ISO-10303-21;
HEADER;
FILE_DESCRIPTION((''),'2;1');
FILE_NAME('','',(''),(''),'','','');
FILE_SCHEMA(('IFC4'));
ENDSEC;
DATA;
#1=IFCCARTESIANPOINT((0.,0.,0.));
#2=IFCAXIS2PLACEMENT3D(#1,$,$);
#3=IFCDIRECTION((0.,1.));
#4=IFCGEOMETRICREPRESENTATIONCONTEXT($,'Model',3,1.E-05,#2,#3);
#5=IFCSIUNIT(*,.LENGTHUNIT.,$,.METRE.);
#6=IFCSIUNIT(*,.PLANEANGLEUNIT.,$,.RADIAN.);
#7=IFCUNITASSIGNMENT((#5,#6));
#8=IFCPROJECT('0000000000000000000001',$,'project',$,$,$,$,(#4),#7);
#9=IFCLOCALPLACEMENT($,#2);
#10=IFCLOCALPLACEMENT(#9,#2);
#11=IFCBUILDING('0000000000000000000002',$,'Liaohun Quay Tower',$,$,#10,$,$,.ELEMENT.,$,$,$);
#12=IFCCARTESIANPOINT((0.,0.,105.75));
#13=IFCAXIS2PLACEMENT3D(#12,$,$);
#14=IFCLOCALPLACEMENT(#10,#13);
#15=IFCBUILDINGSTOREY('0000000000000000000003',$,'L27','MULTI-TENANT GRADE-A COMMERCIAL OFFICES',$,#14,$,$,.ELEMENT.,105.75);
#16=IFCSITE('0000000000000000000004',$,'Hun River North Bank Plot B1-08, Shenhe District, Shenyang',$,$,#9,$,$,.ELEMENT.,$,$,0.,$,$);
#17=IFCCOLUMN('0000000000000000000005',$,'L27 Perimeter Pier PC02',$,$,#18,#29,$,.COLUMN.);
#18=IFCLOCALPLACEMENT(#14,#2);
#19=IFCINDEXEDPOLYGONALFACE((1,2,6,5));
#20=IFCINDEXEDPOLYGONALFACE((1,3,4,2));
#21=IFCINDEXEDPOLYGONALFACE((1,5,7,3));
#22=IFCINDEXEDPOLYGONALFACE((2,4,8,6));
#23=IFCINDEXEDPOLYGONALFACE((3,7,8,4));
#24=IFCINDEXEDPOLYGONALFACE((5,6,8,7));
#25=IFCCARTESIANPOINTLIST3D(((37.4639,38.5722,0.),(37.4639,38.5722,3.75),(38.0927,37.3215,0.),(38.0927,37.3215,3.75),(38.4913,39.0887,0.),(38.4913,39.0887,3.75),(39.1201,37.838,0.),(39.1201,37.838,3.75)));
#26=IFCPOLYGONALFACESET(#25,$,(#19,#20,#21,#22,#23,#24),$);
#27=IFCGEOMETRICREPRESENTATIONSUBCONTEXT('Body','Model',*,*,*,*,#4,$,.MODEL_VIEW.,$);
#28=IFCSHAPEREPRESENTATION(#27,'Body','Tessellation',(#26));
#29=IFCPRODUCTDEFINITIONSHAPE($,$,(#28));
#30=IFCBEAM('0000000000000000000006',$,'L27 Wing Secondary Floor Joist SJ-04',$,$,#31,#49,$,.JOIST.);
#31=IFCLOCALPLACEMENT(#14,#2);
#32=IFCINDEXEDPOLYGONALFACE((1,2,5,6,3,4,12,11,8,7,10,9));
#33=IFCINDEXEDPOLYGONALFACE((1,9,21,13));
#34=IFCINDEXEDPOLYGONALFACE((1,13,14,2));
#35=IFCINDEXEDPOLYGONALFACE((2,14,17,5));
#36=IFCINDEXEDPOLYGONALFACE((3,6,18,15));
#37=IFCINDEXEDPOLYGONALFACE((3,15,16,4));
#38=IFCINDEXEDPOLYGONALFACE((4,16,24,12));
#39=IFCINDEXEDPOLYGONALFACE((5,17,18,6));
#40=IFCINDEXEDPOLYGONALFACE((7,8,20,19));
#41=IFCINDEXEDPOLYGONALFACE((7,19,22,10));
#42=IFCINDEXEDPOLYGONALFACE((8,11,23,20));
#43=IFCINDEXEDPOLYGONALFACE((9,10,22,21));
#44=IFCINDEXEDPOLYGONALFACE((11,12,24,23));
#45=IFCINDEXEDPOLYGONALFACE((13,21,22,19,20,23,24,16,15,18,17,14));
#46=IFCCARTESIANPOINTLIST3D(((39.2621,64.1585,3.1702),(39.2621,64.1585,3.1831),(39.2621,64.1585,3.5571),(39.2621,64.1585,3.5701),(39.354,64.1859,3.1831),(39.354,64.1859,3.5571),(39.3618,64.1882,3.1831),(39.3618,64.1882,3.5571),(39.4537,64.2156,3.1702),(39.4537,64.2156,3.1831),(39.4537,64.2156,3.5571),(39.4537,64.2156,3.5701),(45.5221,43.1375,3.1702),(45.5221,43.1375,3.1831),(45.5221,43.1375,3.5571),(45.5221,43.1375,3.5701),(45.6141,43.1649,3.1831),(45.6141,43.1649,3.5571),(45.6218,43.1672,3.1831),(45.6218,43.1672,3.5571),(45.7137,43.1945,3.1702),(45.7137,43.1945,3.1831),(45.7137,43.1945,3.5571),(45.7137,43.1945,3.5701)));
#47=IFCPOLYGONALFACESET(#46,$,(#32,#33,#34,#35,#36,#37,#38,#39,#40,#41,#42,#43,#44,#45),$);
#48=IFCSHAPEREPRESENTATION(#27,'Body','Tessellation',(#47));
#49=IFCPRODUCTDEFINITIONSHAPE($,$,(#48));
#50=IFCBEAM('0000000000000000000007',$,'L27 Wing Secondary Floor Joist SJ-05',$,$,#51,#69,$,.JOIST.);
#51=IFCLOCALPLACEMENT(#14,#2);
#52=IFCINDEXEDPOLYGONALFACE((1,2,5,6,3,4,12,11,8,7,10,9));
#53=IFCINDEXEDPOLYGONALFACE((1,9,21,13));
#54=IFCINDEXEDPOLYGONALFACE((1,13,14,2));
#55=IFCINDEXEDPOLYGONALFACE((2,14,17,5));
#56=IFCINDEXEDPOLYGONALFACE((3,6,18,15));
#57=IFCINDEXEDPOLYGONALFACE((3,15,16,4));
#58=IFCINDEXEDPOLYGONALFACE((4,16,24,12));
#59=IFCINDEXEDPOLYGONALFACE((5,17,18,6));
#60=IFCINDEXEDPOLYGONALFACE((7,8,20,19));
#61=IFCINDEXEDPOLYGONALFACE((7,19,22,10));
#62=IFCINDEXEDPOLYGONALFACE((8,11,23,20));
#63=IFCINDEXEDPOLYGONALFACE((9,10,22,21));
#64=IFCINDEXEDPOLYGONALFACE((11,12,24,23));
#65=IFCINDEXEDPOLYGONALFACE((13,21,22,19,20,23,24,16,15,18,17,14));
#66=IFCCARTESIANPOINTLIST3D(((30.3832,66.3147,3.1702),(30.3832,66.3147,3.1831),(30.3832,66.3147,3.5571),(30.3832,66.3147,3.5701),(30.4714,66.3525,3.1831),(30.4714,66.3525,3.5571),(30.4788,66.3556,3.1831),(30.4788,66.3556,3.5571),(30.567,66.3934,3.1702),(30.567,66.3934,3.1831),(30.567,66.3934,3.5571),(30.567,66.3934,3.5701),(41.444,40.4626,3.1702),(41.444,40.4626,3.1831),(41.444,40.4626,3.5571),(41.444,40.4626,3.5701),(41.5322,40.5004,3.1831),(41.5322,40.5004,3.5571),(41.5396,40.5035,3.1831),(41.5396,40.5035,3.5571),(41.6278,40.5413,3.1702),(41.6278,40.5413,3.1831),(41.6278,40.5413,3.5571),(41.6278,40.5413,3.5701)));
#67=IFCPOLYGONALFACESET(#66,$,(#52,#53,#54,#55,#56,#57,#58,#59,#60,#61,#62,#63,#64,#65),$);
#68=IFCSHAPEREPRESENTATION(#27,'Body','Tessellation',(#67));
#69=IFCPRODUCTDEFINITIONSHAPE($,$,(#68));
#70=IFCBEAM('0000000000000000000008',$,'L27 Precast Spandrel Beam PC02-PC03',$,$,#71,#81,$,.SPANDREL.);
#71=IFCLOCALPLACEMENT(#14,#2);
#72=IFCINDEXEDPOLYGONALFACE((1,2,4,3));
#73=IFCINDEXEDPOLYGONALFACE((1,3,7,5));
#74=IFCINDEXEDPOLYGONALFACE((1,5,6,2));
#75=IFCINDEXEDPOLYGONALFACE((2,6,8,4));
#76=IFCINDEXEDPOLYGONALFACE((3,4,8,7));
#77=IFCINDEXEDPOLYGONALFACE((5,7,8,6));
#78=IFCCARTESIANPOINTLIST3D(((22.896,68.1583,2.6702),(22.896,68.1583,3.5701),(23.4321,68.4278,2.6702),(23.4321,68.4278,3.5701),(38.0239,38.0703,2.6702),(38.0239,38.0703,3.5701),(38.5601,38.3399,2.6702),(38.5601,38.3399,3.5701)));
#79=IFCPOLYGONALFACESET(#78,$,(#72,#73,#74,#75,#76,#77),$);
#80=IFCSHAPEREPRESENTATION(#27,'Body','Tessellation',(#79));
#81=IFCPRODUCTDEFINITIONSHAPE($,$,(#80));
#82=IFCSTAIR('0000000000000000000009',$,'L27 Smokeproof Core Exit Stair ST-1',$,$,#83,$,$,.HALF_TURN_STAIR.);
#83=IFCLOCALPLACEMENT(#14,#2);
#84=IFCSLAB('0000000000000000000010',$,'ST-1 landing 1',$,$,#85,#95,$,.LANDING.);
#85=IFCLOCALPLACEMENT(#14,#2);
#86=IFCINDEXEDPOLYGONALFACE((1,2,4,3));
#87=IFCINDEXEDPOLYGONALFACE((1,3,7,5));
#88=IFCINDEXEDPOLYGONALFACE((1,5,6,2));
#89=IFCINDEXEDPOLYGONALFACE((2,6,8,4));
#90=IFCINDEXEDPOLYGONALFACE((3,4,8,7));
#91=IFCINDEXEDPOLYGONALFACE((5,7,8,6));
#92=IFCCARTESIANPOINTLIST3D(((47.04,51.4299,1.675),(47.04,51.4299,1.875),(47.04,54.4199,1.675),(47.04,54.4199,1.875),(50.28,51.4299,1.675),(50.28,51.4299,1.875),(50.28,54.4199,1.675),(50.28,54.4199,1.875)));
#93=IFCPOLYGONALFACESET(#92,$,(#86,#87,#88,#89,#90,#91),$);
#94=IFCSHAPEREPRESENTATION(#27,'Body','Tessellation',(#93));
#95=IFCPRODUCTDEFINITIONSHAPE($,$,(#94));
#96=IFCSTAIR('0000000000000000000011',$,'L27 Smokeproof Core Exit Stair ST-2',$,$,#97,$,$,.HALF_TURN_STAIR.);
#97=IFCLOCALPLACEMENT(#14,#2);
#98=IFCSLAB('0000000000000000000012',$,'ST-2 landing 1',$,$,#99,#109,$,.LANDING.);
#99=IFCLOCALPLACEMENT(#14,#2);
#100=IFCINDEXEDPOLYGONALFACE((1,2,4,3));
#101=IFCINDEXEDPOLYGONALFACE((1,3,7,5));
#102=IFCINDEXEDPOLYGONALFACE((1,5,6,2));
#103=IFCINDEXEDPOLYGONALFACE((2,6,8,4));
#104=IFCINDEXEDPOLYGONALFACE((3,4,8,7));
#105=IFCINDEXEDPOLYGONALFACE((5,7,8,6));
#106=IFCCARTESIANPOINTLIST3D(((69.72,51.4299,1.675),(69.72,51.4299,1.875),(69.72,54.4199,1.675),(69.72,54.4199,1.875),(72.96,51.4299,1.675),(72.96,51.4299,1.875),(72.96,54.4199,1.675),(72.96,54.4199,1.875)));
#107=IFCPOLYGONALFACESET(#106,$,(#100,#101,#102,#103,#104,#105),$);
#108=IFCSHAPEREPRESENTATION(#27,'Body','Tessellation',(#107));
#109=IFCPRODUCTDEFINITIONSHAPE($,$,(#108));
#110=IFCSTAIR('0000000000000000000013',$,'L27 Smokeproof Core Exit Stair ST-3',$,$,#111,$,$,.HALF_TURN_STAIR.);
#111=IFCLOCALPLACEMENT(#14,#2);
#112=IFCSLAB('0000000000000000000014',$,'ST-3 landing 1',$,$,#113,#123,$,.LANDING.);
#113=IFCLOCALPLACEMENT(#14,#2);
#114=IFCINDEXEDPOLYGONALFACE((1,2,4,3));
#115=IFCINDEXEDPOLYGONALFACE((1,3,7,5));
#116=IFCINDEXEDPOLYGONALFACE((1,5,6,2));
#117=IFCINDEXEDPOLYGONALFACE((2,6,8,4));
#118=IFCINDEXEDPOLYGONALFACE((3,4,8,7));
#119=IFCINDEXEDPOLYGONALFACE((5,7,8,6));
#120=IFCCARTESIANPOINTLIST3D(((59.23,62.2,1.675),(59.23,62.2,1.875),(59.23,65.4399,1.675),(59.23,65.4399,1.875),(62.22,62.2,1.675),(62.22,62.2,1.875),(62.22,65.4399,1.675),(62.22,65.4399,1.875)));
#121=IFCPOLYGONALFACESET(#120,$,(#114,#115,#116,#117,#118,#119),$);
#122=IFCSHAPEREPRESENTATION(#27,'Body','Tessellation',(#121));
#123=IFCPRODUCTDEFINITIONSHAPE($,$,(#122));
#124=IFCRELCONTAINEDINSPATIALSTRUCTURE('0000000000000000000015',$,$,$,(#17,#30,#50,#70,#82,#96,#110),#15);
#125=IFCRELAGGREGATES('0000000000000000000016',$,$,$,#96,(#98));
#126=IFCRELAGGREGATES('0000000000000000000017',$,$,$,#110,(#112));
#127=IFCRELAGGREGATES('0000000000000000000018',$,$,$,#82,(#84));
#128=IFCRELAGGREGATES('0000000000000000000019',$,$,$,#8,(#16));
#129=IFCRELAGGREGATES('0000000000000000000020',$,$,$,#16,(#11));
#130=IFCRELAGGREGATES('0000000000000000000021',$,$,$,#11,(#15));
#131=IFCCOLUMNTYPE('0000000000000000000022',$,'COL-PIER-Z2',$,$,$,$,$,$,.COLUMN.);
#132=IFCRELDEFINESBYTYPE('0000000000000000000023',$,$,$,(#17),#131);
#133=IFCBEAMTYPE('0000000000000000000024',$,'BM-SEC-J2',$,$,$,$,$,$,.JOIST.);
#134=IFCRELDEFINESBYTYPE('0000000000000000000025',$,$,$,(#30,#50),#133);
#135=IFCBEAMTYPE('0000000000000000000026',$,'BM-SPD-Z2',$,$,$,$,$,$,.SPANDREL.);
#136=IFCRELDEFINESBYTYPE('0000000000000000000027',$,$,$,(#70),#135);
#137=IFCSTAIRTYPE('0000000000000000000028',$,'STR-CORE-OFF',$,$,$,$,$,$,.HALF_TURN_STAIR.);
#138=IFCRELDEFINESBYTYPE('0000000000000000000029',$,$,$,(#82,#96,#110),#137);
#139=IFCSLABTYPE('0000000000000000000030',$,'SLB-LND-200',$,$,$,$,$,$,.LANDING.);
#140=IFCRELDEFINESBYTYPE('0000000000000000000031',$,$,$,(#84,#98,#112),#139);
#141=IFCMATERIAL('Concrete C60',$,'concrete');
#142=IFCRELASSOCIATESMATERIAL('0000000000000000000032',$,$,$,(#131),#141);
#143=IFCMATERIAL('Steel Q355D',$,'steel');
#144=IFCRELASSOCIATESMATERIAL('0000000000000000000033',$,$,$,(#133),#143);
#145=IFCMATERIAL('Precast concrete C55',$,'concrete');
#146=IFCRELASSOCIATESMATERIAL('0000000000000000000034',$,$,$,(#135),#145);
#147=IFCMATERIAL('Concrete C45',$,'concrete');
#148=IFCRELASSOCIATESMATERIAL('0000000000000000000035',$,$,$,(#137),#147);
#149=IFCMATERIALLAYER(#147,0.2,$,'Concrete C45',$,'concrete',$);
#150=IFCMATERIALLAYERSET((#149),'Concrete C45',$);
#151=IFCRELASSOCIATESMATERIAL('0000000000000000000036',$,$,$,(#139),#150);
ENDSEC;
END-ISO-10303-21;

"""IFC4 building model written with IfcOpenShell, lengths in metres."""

from ifc_helpers import new_model, si_unit, direction, frame, origin, origin_2d, place, context, subcontext, project, spatial, polyline, rectangle, i_section, outline, extrude, source, transform, mapped, material, layer, layer_set, material_profile, profile_set, type_object, element, aggregate, save


model = new_model("IFC4")

# Units and contexts
model_context = context("Model", 3, precision=1e-05, world=origin(), true_north=direction((0.0, 1.0)))
body_context = subcontext(model_context, "Body", "Model", "MODEL_VIEW")
ifc_project = project(units=[si_unit("LENGTHUNIT", "METRE"), si_unit("PLANEANGLEUNIT", "RADIAN")], contexts=[model_context])

# Site, building, storey
site_placement = place(None, origin())
site = spatial("IfcSite", under=ifc_project, at=site_placement, Name="Hun River North Bank Plot B1-08, Shenhe District, Shenyang", CompositionType="ELEMENT", RefElevation=0.0)
building_placement = place(site_placement, origin())
building = spatial("IfcBuilding", under=site, at=building_placement, Name="Liaohun Quay Tower", CompositionType="ELEMENT")
storey_placement = place(building_placement, frame((0.0, 0.0, 105.75)))
storey = spatial("IfcBuildingStorey", under=building, at=storey_placement, Name="L27", Description="MULTI-TENANT GRADE-A COMMERCIAL OFFICES", CompositionType="ELEMENT", Elevation=105.75)

# Column
ifc_material_1 = material(Name="Concrete C60", Category="concrete")
ifc_material_profile_1 = material_profile(ifc_material_1, rectangle(XDim=1.3999, YDim=1.1499, at=origin_2d()), Name="RC1400x1150")
ifc_profile_set_1 = profile_set([ifc_material_profile_1], Name="Concrete C60")
column_type = type_object("IfcColumnType", Name="COL-PIER-Z2", PredefinedType="COLUMN", material=ifc_profile_set_1)
shared_shape_1 = source(origin(), body_context, "Body", "SweptSolid", [
    extrude(rectangle(XDim=1.3999, YDim=1.1499, at=origin_2d()), origin(), (0.0, 0.0, 1.0), 3.75),
])
column_placement = place(storey_placement, frame((38.292, 38.2051, 0.0), z_axis=(0.0, 0.0, 1.0), x_axis=(-0.449163, 0.89345, 0.0)))
element("IfcColumn", 1, at=column_placement, inside=storey, type_object=column_type, Name="L27 Perimeter Pier PC02", PredefinedType="COLUMN", context=body_context, shape_type="MappedRepresentation", body=[
    mapped(shared_shape_1, transform((0.0, 0.0, 0.0), x_axis=(1.0, 0.0, 0.0), y_axis=(0.0, 1.0, 0.0), z_axis=(0.0, 0.0, 1.0), scale=1.0)),
])

# Beams
ifc_material_2 = material(Name="Steel Q355D", Category="steel")
ifc_material_profile_2 = material_profile(ifc_material_2, i_section(OverallWidth=0.2, OverallDepth=0.3999, WebThickness=0.0081, FlangeThickness=0.0129, at=origin_2d()), Name="HN400x200x8x13")
ifc_profile_set_2 = profile_set([ifc_material_profile_2], Name="Steel Q355D")
beam_type_1 = type_object("IfcBeamType", Name="BM-SEC-J2", PredefinedType="JOIST", material=ifc_profile_set_2)
shared_shape_2 = source(origin(), body_context, "Body", "SweptSolid", [
    extrude(i_section(OverallWidth=0.2, OverallDepth=0.3999, WebThickness=0.0081, FlangeThickness=0.0129, at=origin_2d()), origin(), (0.0, 0.0, 1.0), 21.9333),
])
beam_1_placement = place(storey_placement, frame((45.6179, 43.166, 3.3701), z_axis=(-0.285411, 0.958405, 0.0), x_axis=(-0.958405, -0.285411, 0.0)))
element("IfcBeam", 2, at=beam_1_placement, inside=storey, type_object=beam_type_1, Name="L27 Wing Secondary Floor Joist SJ-04", PredefinedType="JOIST", context=body_context, shape_type="MappedRepresentation", body=[
    mapped(shared_shape_2, transform((0.0, 0.0, 0.0), x_axis=(1.0, 0.0, 0.0), y_axis=(0.0, 1.0, 0.0), z_axis=(0.0, 0.0, 1.0), scale=1.0)),
])
shared_shape_3 = source(origin(), body_context, "Body", "SweptSolid", [
    extrude(i_section(OverallWidth=0.2, OverallDepth=0.3999, WebThickness=0.0081, FlangeThickness=0.0129, at=origin_2d()), origin(), (0.0, 0.0, 1.0), 28.1189),
])
beam_2_placement = place(storey_placement, frame((41.5359, 40.502, 3.3701), z_axis=(-0.393359, 0.919385, 0.0), x_axis=(-0.919385, -0.393359, 0.0)))
element("IfcBeam", 3, at=beam_2_placement, inside=storey, type_object=beam_type_1, Name="L27 Wing Secondary Floor Joist SJ-05", PredefinedType="JOIST", context=body_context, shape_type="MappedRepresentation", body=[
    mapped(shared_shape_3, transform((0.0, 0.0, 0.0), x_axis=(1.0, 0.0, 0.0), y_axis=(0.0, 1.0, 0.0), z_axis=(0.0, 0.0, 1.0), scale=1.0)),
])
ifc_material_3 = material(Name="Precast concrete C55", Category="concrete")
ifc_material_profile_3 = material_profile(ifc_material_3, rectangle(XDim=0.6001, YDim=0.8999, at=origin_2d()), Name="RC600x900")
ifc_profile_set_3 = profile_set([ifc_material_profile_3], Name="Precast concrete C55")
beam_type_2 = type_object("IfcBeamType", Name="BM-SPD-Z2", PredefinedType="SPANDREL", material=ifc_profile_set_3)
shared_shape_4 = source(origin(), body_context, "Body", "SweptSolid", [
    extrude(rectangle(XDim=0.6001, YDim=0.8999, at=origin_2d()), origin(), (0.0, 0.0, 1.0), 33.677),
])
beam_3_placement = place(storey_placement, frame((38.292, 38.2051, 3.1201), z_axis=(-0.449208, 0.893427, 0.0), x_axis=(-0.893427, -0.449208, 0.0)))
element("IfcBeam", 4, at=beam_3_placement, inside=storey, type_object=beam_type_2, Name="L27 Precast Spandrel Beam PC02-PC03", PredefinedType="SPANDREL", context=body_context, shape_type="MappedRepresentation", body=[
    mapped(shared_shape_4, transform((0.0, 0.0, 0.0), x_axis=(1.0, 0.0, 0.0), y_axis=(0.0, 1.0, 0.0), z_axis=(0.0, 0.0, 1.0), scale=1.0)),
])

# Stairs, slabs
ifc_material_4 = material(Name="Concrete C45", Category="concrete")
stair_type = type_object("IfcStairType", Name="STR-CORE-OFF", PredefinedType="HALF_TURN_STAIR", material=ifc_material_4)
stair_1_placement = place(storey_placement, origin())
stair_1 = element("IfcStair", 5, at=stair_1_placement, inside=storey, type_object=stair_type, Name="L27 Smokeproof Core Exit Stair ST-1", PredefinedType="HALF_TURN_STAIR")
ifc_layer_1 = layer(ifc_material_4, 0.2, Name="Concrete C45", Category="concrete")
ifc_layer_set_1 = layer_set([ifc_layer_1], Name="Concrete C45")
slab_type_1 = type_object("IfcSlabType", Name="SLB-LND-200", PredefinedType="LANDING", material=ifc_layer_set_1)
slab_1_placement = place(storey_placement, frame((0.0, 0.0, 1.675)))
slab_1 = element("IfcSlab", 6, at=slab_1_placement, type_object=slab_type_1, Name="ST-1 landing 1", PredefinedType="LANDING", context=body_context, shape_type="SweptSolid", body=[
    extrude(outline(polyline([(50.28, 51.4299), (50.28, 54.4199), (47.04, 54.4199), (47.04, 51.4299), (50.28, 51.4299)])), origin(), (0.0, 0.0, 1.0), 0.2),
])
stair_2_placement = place(storey_placement, origin())
stair_2 = element("IfcStair", 7, at=stair_2_placement, inside=storey, type_object=stair_type, Name="L27 Smokeproof Core Exit Stair ST-2", PredefinedType="HALF_TURN_STAIR")
slab_2_placement = place(storey_placement, frame((0.0, 0.0, 1.675)))
slab_2 = element("IfcSlab", 8, at=slab_2_placement, type_object=slab_type_1, Name="ST-2 landing 1", PredefinedType="LANDING", context=body_context, shape_type="SweptSolid", body=[
    extrude(outline(polyline([(72.96, 51.4299), (72.96, 54.4199), (69.72, 54.4199), (69.72, 51.4299), (72.96, 51.4299)])), origin(), (0.0, 0.0, 1.0), 0.2),
])
aggregate(stair_2, [slab_2])
stair_3_placement = place(storey_placement, origin())
stair_3 = element("IfcStair", 9, at=stair_3_placement, inside=storey, type_object=stair_type, Name="L27 Smokeproof Core Exit Stair ST-3", PredefinedType="HALF_TURN_STAIR")
slab_3_placement = place(storey_placement, frame((0.0, 0.0, 1.675)))
slab_3 = element("IfcSlab", 10, at=slab_3_placement, type_object=slab_type_1, Name="ST-3 landing 1", PredefinedType="LANDING", context=body_context, shape_type="SweptSolid", body=[
    extrude(outline(polyline([(59.23, 62.2), (62.22, 62.2), (62.22, 65.4399), (59.23, 65.4399), (59.23, 62.2)])), origin(), (0.0, 0.0, 1.0), 0.2),
])
aggregate(stair_3, [slab_3])

aggregate(stair_1, [slab_1])

save(model, "model.ifc")
